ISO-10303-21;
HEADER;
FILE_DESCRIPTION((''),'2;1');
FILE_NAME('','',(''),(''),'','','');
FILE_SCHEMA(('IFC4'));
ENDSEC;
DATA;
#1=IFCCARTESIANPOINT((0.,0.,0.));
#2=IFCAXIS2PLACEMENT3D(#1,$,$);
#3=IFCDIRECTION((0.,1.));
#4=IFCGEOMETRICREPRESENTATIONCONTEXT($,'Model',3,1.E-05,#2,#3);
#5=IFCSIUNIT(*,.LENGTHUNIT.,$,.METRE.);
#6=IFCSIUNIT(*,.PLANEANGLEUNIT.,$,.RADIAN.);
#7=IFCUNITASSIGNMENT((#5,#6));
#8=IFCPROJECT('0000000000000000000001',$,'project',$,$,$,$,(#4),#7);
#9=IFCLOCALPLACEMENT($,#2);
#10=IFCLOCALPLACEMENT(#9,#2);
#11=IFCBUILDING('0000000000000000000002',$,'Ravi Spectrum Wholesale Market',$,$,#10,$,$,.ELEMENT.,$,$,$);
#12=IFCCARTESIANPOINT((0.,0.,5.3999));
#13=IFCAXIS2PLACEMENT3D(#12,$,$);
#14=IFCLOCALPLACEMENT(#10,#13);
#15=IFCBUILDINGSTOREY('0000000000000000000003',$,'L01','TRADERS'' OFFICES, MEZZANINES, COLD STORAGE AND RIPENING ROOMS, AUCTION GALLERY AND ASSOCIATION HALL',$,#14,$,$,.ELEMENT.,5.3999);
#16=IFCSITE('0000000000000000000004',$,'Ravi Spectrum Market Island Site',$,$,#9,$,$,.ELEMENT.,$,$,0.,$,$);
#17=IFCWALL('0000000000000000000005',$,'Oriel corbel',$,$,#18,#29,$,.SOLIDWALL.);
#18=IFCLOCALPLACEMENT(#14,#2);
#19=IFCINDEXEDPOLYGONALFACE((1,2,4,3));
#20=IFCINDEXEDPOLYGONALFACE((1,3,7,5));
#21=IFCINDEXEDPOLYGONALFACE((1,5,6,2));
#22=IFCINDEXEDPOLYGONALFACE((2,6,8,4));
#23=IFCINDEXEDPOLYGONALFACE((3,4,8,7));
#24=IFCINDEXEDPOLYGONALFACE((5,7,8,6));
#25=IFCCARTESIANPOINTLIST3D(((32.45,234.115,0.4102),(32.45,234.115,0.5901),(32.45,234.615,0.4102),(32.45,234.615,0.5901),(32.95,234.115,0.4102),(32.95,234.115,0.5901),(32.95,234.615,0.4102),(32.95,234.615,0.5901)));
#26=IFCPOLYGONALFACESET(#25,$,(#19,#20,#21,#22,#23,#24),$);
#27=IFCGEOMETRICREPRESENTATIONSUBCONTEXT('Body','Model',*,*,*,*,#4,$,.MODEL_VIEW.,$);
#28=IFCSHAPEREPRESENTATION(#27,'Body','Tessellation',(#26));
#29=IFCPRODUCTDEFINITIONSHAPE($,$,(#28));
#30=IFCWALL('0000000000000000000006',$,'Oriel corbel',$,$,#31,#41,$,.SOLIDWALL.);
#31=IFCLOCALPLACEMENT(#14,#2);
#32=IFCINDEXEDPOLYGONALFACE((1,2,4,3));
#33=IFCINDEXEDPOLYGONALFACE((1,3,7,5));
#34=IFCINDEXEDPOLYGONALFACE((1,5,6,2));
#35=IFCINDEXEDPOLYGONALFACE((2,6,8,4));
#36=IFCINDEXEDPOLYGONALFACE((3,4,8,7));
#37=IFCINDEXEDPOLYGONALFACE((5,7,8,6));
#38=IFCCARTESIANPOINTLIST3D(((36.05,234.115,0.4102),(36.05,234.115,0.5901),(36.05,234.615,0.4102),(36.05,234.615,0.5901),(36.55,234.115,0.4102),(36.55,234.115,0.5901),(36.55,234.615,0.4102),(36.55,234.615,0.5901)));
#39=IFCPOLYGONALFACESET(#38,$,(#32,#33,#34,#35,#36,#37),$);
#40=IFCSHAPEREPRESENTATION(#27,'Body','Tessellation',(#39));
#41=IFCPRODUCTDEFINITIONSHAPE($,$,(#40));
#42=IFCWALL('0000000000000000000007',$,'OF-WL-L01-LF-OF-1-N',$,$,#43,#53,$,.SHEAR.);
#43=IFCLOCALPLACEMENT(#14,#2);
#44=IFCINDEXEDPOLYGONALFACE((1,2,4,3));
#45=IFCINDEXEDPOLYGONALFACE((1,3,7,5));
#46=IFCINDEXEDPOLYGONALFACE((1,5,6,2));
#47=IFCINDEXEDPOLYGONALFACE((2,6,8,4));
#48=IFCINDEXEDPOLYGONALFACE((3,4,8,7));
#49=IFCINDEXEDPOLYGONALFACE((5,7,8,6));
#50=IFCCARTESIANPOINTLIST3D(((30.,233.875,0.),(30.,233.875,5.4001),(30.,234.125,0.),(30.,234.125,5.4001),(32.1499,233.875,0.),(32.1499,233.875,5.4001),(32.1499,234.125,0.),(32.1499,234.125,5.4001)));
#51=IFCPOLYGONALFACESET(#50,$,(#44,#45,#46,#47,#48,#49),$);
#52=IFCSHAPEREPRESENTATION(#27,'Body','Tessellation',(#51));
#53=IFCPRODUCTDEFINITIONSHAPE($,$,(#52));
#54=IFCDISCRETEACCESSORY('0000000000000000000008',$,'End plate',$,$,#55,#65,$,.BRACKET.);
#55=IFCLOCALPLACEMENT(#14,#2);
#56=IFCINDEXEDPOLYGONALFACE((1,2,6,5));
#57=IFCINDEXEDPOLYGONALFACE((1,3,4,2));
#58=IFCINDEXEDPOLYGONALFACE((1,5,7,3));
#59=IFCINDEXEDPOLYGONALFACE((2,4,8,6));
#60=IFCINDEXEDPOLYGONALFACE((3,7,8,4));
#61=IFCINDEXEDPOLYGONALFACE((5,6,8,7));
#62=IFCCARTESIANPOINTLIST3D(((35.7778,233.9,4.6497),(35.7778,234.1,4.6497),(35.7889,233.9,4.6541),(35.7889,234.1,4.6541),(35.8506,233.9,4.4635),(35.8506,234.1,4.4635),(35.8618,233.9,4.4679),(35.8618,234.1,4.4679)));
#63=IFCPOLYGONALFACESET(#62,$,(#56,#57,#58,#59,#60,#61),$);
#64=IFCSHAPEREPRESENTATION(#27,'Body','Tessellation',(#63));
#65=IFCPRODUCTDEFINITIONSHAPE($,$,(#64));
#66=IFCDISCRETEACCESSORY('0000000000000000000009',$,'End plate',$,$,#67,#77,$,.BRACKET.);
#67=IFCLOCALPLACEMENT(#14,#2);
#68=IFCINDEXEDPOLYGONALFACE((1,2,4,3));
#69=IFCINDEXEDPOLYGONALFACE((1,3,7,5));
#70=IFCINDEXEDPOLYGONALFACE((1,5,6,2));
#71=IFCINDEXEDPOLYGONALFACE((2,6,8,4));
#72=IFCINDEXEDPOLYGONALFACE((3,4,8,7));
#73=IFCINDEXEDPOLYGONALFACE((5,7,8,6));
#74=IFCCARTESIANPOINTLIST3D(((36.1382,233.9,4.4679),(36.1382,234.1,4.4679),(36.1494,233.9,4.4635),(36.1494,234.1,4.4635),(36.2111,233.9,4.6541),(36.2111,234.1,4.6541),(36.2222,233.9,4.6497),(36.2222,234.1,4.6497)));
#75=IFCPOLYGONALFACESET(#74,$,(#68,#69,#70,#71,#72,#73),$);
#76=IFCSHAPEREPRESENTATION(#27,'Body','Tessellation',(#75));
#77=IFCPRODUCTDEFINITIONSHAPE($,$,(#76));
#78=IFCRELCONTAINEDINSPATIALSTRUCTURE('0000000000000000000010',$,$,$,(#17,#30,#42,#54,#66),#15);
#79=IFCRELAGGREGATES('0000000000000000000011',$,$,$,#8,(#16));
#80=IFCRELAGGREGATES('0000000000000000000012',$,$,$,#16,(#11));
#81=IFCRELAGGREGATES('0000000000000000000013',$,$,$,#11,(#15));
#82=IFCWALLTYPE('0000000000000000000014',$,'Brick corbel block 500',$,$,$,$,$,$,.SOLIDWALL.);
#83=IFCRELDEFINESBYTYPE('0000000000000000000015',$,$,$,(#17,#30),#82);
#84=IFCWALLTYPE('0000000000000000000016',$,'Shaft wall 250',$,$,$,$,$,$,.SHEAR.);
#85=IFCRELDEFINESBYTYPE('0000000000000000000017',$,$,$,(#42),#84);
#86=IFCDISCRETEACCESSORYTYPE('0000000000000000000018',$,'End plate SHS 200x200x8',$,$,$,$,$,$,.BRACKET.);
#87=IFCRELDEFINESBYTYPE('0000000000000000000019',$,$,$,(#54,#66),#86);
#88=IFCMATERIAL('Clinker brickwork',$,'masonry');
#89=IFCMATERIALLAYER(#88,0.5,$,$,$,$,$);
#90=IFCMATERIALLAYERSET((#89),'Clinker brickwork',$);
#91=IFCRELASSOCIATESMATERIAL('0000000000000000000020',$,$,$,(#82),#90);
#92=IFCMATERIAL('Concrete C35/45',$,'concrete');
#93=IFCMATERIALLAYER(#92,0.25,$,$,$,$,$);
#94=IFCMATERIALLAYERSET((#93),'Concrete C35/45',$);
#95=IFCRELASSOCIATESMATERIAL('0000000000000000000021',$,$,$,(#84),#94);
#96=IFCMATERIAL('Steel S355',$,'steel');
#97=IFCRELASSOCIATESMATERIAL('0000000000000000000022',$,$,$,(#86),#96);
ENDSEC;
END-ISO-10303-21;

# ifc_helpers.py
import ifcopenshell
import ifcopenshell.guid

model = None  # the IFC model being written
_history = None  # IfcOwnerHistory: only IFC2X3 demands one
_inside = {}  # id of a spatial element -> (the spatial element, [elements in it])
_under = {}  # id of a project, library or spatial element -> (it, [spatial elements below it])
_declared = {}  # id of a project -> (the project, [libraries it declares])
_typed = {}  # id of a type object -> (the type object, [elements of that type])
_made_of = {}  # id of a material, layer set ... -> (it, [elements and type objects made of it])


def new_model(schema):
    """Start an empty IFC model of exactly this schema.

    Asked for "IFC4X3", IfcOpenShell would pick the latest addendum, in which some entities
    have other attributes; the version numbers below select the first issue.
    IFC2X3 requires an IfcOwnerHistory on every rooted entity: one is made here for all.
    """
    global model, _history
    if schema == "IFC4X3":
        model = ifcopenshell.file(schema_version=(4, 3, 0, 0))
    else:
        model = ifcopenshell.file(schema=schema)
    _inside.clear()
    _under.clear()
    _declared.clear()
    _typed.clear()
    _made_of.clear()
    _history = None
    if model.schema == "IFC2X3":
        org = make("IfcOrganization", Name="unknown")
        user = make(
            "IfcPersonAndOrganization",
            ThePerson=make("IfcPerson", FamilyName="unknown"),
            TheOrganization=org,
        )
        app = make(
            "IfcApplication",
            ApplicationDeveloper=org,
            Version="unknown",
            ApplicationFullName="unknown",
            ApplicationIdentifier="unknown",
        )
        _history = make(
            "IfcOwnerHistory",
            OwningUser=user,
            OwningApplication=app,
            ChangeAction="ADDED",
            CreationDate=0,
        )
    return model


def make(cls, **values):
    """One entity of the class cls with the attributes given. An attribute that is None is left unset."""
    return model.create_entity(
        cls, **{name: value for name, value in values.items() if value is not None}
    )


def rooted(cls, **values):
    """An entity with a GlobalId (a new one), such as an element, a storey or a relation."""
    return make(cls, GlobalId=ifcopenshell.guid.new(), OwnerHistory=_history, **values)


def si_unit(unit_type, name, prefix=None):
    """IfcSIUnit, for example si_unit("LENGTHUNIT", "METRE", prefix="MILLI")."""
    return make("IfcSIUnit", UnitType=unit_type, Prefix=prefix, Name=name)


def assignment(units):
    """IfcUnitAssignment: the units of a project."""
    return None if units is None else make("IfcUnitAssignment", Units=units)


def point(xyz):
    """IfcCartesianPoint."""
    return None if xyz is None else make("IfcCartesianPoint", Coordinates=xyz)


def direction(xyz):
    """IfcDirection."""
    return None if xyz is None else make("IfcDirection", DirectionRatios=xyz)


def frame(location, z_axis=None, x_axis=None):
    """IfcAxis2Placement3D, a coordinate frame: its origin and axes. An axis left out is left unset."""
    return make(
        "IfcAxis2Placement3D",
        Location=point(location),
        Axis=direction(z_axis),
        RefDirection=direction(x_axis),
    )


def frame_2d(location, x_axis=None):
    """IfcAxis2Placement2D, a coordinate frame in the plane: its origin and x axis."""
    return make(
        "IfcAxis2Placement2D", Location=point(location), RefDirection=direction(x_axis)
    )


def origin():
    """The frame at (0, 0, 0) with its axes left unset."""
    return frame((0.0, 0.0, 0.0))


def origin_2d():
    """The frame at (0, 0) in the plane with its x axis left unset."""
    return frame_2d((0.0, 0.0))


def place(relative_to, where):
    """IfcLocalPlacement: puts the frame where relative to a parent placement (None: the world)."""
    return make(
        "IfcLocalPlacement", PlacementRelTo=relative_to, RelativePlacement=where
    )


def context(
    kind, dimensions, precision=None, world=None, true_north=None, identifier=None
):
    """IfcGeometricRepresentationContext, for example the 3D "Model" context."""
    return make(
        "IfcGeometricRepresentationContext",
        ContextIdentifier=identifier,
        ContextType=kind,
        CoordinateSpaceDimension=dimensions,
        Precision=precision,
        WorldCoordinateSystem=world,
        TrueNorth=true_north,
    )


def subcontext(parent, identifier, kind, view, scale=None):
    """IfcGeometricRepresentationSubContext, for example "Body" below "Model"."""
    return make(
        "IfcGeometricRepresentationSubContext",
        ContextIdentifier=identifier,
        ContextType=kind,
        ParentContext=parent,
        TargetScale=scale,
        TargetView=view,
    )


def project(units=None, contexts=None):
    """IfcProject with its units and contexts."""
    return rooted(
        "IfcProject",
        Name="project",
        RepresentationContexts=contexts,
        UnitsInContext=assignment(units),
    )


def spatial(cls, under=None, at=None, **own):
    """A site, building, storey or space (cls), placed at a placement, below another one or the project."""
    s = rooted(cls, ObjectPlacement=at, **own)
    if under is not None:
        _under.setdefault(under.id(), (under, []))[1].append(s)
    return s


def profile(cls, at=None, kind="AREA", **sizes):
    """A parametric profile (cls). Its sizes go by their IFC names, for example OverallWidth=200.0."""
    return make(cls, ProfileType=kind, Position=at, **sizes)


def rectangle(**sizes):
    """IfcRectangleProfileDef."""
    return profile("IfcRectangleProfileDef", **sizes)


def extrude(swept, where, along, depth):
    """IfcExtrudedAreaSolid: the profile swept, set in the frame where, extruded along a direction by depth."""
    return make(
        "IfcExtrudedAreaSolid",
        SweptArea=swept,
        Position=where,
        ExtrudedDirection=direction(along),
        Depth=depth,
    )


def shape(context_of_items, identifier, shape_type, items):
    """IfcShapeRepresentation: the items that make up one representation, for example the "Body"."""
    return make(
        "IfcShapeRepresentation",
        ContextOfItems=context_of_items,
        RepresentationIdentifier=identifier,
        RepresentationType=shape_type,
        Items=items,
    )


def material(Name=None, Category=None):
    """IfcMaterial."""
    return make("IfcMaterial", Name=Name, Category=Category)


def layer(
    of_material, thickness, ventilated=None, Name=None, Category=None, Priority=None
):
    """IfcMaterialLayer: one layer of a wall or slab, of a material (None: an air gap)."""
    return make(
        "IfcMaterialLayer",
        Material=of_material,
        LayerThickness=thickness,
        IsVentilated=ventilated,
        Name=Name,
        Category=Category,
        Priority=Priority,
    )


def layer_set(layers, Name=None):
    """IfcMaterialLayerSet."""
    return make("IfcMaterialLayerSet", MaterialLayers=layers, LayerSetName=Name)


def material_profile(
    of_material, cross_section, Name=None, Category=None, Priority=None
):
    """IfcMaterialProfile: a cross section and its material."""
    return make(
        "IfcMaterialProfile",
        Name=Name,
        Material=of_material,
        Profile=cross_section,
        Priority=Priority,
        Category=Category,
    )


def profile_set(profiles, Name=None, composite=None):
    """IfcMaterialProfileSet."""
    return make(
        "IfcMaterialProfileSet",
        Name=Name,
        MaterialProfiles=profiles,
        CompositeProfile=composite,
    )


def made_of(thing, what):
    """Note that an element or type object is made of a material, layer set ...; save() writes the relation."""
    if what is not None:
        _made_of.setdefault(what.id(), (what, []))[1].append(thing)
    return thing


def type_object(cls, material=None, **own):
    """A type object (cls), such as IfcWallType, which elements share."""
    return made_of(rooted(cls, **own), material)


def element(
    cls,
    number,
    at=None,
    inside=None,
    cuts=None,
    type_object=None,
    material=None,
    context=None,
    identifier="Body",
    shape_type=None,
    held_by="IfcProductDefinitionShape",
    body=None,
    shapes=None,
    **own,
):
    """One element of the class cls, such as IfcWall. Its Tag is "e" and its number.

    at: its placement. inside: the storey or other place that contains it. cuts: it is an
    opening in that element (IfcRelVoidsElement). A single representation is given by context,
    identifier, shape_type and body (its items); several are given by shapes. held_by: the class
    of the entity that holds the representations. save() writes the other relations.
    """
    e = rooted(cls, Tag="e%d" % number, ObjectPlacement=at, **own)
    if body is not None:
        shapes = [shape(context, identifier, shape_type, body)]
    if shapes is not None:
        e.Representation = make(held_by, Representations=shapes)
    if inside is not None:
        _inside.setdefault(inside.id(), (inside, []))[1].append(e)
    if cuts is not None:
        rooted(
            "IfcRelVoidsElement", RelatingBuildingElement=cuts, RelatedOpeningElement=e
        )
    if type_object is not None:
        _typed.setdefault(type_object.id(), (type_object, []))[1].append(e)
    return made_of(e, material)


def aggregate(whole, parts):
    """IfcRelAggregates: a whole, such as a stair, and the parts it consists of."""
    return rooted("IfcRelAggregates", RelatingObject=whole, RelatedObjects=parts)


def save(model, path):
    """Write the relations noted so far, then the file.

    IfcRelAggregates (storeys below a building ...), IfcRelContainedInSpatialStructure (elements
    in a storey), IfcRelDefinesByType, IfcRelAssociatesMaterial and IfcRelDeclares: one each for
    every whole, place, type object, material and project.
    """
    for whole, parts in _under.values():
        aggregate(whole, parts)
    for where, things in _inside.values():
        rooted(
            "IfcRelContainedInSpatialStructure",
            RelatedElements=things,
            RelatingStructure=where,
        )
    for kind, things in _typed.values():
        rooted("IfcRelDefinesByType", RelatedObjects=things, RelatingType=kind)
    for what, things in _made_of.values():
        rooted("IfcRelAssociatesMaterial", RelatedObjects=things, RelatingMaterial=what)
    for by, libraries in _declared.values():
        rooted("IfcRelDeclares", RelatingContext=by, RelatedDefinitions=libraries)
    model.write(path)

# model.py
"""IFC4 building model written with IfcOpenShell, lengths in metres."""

from ifc_helpers import new_model, si_unit, direction, frame, frame_2d, origin, origin_2d, place, context, subcontext, project, spatial, rectangle, extrude, material, layer, layer_set, material_profile, profile_set, type_object, element, save


model = new_model("IFC4")

# Units and contexts
model_context = context("Model", 3, precision=1e-05, world=origin(), true_north=direction((0.0, 1.0)))
body_context = subcontext(model_context, "Body", "Model", "MODEL_VIEW")
ifc_project = project(units=[si_unit("LENGTHUNIT", "METRE"), si_unit("PLANEANGLEUNIT", "RADIAN")], contexts=[model_context])

# Site, building, storey
site_placement = place(None, origin())
site = spatial("IfcSite", under=ifc_project, at=site_placement, Name="Ravi Spectrum Market Island Site", CompositionType="ELEMENT", RefElevation=0.0)
building_placement = place(site_placement, origin())
building = spatial("IfcBuilding", under=site, at=building_placement, Name="Ravi Spectrum Wholesale Market", CompositionType="ELEMENT")
storey_placement = place(building_placement, frame((0.0, 0.0, 5.3999)))
storey = spatial("IfcBuildingStorey", under=building, at=storey_placement, Name="L01", Description="TRADERS' OFFICES, MEZZANINES, COLD STORAGE AND RIPENING ROOMS, AUCTION GALLERY AND ASSOCIATION HALL", CompositionType="ELEMENT", Elevation=5.3999)

# Walls
ifc_material_1 = material(Name="Clinker brickwork", Category="masonry")
ifc_layer_1 = layer(ifc_material_1, 0.5)
ifc_layer_set_1 = layer_set([ifc_layer_1], Name="Clinker brickwork")
wall_type_1 = type_object("IfcWallType", Name="Brick corbel block 500", PredefinedType="SOLIDWALL", material=ifc_layer_set_1)
for number, where, z_axis, x_axis, name in (
    (1, (32.45, 234.365, 0.4102), (0.0, 0.0, 1.0), (1.0, 0.0, 0.0), "Oriel corbel"),
    (2, (36.05, 234.365, 0.4102), (0.0, 0.0, 1.0), (1.0, 0.0, 0.0), "Oriel corbel"),
):
    element("IfcWall", number, at=place(storey_placement, frame(where, z_axis=z_axis, x_axis=x_axis)), inside=storey, type_object=wall_type_1, Name=name, PredefinedType="SOLIDWALL", context=body_context, shape_type="SweptSolid", body=[
        extrude(rectangle(XDim=0.5, YDim=0.5, at=frame_2d((0.25, 0.0))), origin(), (0.0, 0.0, 1.0), 0.1799),
    ])
ifc_material_2 = material(Name="Concrete C35/45", Category="concrete")
ifc_layer_2 = layer(ifc_material_2, 0.25)
ifc_layer_set_2 = layer_set([ifc_layer_2], Name="Concrete C35/45")
wall_type_2 = type_object("IfcWallType", Name="Shaft wall 250", PredefinedType="SHEAR", material=ifc_layer_set_2)
wall_1_placement = place(storey_placement, frame((32.1499, 234.0, 0.0), z_axis=(0.0, 0.0, 1.0), x_axis=(-1.0, 0.0, 0.0)))
element("IfcWall", 3, at=wall_1_placement, inside=storey, type_object=wall_type_2, Name="OF-WL-L01-LF-OF-1-N", PredefinedType="SHEAR", context=body_context, shape_type="SweptSolid", body=[
    extrude(rectangle(XDim=2.1499, YDim=0.25, at=frame_2d((1.075, 0.0))), origin(), (0.0, 0.0, 1.0), 5.4001),
])

# Discrete accessories
ifc_material_3 = material(Name="Steel S355", Category="steel")
ifc_material_profile_1 = material_profile(ifc_material_3, rectangle(XDim=0.2, YDim=0.2, at=origin_2d()))
ifc_profile_set_1 = profile_set([ifc_material_profile_1], Name="Steel S355")
discrete_accessory_type = type_object("IfcDiscreteAccessoryType", Name="End plate SHS 200x200x8", PredefinedType="BRACKET", material=ifc_profile_set_1)
for number, where, z_axis, x_axis, name in (
    (4, (35.8142, 234.0, 4.5566), (0.931243, 0.0, 0.364399), (0.0, 1.0, 0.0), "End plate"),
    (5, (36.1858, 234.0, 4.5566), (-0.931243, 0.0, 0.364399), (0.0, -1.0, 0.0), "End plate"),
):
    element("IfcDiscreteAccessory", number, at=place(storey_placement, frame(where, z_axis=z_axis, x_axis=x_axis)), inside=storey, type_object=discrete_accessory_type, Name=name, PredefinedType="BRACKET", context=body_context, shape_type="SweptSolid", body=[
        extrude(rectangle(XDim=0.2, YDim=0.2, at=origin_2d()), origin(), (0.0, 0.0, 1.0), 0.012),
    ])

save(model, "model.ifc")
